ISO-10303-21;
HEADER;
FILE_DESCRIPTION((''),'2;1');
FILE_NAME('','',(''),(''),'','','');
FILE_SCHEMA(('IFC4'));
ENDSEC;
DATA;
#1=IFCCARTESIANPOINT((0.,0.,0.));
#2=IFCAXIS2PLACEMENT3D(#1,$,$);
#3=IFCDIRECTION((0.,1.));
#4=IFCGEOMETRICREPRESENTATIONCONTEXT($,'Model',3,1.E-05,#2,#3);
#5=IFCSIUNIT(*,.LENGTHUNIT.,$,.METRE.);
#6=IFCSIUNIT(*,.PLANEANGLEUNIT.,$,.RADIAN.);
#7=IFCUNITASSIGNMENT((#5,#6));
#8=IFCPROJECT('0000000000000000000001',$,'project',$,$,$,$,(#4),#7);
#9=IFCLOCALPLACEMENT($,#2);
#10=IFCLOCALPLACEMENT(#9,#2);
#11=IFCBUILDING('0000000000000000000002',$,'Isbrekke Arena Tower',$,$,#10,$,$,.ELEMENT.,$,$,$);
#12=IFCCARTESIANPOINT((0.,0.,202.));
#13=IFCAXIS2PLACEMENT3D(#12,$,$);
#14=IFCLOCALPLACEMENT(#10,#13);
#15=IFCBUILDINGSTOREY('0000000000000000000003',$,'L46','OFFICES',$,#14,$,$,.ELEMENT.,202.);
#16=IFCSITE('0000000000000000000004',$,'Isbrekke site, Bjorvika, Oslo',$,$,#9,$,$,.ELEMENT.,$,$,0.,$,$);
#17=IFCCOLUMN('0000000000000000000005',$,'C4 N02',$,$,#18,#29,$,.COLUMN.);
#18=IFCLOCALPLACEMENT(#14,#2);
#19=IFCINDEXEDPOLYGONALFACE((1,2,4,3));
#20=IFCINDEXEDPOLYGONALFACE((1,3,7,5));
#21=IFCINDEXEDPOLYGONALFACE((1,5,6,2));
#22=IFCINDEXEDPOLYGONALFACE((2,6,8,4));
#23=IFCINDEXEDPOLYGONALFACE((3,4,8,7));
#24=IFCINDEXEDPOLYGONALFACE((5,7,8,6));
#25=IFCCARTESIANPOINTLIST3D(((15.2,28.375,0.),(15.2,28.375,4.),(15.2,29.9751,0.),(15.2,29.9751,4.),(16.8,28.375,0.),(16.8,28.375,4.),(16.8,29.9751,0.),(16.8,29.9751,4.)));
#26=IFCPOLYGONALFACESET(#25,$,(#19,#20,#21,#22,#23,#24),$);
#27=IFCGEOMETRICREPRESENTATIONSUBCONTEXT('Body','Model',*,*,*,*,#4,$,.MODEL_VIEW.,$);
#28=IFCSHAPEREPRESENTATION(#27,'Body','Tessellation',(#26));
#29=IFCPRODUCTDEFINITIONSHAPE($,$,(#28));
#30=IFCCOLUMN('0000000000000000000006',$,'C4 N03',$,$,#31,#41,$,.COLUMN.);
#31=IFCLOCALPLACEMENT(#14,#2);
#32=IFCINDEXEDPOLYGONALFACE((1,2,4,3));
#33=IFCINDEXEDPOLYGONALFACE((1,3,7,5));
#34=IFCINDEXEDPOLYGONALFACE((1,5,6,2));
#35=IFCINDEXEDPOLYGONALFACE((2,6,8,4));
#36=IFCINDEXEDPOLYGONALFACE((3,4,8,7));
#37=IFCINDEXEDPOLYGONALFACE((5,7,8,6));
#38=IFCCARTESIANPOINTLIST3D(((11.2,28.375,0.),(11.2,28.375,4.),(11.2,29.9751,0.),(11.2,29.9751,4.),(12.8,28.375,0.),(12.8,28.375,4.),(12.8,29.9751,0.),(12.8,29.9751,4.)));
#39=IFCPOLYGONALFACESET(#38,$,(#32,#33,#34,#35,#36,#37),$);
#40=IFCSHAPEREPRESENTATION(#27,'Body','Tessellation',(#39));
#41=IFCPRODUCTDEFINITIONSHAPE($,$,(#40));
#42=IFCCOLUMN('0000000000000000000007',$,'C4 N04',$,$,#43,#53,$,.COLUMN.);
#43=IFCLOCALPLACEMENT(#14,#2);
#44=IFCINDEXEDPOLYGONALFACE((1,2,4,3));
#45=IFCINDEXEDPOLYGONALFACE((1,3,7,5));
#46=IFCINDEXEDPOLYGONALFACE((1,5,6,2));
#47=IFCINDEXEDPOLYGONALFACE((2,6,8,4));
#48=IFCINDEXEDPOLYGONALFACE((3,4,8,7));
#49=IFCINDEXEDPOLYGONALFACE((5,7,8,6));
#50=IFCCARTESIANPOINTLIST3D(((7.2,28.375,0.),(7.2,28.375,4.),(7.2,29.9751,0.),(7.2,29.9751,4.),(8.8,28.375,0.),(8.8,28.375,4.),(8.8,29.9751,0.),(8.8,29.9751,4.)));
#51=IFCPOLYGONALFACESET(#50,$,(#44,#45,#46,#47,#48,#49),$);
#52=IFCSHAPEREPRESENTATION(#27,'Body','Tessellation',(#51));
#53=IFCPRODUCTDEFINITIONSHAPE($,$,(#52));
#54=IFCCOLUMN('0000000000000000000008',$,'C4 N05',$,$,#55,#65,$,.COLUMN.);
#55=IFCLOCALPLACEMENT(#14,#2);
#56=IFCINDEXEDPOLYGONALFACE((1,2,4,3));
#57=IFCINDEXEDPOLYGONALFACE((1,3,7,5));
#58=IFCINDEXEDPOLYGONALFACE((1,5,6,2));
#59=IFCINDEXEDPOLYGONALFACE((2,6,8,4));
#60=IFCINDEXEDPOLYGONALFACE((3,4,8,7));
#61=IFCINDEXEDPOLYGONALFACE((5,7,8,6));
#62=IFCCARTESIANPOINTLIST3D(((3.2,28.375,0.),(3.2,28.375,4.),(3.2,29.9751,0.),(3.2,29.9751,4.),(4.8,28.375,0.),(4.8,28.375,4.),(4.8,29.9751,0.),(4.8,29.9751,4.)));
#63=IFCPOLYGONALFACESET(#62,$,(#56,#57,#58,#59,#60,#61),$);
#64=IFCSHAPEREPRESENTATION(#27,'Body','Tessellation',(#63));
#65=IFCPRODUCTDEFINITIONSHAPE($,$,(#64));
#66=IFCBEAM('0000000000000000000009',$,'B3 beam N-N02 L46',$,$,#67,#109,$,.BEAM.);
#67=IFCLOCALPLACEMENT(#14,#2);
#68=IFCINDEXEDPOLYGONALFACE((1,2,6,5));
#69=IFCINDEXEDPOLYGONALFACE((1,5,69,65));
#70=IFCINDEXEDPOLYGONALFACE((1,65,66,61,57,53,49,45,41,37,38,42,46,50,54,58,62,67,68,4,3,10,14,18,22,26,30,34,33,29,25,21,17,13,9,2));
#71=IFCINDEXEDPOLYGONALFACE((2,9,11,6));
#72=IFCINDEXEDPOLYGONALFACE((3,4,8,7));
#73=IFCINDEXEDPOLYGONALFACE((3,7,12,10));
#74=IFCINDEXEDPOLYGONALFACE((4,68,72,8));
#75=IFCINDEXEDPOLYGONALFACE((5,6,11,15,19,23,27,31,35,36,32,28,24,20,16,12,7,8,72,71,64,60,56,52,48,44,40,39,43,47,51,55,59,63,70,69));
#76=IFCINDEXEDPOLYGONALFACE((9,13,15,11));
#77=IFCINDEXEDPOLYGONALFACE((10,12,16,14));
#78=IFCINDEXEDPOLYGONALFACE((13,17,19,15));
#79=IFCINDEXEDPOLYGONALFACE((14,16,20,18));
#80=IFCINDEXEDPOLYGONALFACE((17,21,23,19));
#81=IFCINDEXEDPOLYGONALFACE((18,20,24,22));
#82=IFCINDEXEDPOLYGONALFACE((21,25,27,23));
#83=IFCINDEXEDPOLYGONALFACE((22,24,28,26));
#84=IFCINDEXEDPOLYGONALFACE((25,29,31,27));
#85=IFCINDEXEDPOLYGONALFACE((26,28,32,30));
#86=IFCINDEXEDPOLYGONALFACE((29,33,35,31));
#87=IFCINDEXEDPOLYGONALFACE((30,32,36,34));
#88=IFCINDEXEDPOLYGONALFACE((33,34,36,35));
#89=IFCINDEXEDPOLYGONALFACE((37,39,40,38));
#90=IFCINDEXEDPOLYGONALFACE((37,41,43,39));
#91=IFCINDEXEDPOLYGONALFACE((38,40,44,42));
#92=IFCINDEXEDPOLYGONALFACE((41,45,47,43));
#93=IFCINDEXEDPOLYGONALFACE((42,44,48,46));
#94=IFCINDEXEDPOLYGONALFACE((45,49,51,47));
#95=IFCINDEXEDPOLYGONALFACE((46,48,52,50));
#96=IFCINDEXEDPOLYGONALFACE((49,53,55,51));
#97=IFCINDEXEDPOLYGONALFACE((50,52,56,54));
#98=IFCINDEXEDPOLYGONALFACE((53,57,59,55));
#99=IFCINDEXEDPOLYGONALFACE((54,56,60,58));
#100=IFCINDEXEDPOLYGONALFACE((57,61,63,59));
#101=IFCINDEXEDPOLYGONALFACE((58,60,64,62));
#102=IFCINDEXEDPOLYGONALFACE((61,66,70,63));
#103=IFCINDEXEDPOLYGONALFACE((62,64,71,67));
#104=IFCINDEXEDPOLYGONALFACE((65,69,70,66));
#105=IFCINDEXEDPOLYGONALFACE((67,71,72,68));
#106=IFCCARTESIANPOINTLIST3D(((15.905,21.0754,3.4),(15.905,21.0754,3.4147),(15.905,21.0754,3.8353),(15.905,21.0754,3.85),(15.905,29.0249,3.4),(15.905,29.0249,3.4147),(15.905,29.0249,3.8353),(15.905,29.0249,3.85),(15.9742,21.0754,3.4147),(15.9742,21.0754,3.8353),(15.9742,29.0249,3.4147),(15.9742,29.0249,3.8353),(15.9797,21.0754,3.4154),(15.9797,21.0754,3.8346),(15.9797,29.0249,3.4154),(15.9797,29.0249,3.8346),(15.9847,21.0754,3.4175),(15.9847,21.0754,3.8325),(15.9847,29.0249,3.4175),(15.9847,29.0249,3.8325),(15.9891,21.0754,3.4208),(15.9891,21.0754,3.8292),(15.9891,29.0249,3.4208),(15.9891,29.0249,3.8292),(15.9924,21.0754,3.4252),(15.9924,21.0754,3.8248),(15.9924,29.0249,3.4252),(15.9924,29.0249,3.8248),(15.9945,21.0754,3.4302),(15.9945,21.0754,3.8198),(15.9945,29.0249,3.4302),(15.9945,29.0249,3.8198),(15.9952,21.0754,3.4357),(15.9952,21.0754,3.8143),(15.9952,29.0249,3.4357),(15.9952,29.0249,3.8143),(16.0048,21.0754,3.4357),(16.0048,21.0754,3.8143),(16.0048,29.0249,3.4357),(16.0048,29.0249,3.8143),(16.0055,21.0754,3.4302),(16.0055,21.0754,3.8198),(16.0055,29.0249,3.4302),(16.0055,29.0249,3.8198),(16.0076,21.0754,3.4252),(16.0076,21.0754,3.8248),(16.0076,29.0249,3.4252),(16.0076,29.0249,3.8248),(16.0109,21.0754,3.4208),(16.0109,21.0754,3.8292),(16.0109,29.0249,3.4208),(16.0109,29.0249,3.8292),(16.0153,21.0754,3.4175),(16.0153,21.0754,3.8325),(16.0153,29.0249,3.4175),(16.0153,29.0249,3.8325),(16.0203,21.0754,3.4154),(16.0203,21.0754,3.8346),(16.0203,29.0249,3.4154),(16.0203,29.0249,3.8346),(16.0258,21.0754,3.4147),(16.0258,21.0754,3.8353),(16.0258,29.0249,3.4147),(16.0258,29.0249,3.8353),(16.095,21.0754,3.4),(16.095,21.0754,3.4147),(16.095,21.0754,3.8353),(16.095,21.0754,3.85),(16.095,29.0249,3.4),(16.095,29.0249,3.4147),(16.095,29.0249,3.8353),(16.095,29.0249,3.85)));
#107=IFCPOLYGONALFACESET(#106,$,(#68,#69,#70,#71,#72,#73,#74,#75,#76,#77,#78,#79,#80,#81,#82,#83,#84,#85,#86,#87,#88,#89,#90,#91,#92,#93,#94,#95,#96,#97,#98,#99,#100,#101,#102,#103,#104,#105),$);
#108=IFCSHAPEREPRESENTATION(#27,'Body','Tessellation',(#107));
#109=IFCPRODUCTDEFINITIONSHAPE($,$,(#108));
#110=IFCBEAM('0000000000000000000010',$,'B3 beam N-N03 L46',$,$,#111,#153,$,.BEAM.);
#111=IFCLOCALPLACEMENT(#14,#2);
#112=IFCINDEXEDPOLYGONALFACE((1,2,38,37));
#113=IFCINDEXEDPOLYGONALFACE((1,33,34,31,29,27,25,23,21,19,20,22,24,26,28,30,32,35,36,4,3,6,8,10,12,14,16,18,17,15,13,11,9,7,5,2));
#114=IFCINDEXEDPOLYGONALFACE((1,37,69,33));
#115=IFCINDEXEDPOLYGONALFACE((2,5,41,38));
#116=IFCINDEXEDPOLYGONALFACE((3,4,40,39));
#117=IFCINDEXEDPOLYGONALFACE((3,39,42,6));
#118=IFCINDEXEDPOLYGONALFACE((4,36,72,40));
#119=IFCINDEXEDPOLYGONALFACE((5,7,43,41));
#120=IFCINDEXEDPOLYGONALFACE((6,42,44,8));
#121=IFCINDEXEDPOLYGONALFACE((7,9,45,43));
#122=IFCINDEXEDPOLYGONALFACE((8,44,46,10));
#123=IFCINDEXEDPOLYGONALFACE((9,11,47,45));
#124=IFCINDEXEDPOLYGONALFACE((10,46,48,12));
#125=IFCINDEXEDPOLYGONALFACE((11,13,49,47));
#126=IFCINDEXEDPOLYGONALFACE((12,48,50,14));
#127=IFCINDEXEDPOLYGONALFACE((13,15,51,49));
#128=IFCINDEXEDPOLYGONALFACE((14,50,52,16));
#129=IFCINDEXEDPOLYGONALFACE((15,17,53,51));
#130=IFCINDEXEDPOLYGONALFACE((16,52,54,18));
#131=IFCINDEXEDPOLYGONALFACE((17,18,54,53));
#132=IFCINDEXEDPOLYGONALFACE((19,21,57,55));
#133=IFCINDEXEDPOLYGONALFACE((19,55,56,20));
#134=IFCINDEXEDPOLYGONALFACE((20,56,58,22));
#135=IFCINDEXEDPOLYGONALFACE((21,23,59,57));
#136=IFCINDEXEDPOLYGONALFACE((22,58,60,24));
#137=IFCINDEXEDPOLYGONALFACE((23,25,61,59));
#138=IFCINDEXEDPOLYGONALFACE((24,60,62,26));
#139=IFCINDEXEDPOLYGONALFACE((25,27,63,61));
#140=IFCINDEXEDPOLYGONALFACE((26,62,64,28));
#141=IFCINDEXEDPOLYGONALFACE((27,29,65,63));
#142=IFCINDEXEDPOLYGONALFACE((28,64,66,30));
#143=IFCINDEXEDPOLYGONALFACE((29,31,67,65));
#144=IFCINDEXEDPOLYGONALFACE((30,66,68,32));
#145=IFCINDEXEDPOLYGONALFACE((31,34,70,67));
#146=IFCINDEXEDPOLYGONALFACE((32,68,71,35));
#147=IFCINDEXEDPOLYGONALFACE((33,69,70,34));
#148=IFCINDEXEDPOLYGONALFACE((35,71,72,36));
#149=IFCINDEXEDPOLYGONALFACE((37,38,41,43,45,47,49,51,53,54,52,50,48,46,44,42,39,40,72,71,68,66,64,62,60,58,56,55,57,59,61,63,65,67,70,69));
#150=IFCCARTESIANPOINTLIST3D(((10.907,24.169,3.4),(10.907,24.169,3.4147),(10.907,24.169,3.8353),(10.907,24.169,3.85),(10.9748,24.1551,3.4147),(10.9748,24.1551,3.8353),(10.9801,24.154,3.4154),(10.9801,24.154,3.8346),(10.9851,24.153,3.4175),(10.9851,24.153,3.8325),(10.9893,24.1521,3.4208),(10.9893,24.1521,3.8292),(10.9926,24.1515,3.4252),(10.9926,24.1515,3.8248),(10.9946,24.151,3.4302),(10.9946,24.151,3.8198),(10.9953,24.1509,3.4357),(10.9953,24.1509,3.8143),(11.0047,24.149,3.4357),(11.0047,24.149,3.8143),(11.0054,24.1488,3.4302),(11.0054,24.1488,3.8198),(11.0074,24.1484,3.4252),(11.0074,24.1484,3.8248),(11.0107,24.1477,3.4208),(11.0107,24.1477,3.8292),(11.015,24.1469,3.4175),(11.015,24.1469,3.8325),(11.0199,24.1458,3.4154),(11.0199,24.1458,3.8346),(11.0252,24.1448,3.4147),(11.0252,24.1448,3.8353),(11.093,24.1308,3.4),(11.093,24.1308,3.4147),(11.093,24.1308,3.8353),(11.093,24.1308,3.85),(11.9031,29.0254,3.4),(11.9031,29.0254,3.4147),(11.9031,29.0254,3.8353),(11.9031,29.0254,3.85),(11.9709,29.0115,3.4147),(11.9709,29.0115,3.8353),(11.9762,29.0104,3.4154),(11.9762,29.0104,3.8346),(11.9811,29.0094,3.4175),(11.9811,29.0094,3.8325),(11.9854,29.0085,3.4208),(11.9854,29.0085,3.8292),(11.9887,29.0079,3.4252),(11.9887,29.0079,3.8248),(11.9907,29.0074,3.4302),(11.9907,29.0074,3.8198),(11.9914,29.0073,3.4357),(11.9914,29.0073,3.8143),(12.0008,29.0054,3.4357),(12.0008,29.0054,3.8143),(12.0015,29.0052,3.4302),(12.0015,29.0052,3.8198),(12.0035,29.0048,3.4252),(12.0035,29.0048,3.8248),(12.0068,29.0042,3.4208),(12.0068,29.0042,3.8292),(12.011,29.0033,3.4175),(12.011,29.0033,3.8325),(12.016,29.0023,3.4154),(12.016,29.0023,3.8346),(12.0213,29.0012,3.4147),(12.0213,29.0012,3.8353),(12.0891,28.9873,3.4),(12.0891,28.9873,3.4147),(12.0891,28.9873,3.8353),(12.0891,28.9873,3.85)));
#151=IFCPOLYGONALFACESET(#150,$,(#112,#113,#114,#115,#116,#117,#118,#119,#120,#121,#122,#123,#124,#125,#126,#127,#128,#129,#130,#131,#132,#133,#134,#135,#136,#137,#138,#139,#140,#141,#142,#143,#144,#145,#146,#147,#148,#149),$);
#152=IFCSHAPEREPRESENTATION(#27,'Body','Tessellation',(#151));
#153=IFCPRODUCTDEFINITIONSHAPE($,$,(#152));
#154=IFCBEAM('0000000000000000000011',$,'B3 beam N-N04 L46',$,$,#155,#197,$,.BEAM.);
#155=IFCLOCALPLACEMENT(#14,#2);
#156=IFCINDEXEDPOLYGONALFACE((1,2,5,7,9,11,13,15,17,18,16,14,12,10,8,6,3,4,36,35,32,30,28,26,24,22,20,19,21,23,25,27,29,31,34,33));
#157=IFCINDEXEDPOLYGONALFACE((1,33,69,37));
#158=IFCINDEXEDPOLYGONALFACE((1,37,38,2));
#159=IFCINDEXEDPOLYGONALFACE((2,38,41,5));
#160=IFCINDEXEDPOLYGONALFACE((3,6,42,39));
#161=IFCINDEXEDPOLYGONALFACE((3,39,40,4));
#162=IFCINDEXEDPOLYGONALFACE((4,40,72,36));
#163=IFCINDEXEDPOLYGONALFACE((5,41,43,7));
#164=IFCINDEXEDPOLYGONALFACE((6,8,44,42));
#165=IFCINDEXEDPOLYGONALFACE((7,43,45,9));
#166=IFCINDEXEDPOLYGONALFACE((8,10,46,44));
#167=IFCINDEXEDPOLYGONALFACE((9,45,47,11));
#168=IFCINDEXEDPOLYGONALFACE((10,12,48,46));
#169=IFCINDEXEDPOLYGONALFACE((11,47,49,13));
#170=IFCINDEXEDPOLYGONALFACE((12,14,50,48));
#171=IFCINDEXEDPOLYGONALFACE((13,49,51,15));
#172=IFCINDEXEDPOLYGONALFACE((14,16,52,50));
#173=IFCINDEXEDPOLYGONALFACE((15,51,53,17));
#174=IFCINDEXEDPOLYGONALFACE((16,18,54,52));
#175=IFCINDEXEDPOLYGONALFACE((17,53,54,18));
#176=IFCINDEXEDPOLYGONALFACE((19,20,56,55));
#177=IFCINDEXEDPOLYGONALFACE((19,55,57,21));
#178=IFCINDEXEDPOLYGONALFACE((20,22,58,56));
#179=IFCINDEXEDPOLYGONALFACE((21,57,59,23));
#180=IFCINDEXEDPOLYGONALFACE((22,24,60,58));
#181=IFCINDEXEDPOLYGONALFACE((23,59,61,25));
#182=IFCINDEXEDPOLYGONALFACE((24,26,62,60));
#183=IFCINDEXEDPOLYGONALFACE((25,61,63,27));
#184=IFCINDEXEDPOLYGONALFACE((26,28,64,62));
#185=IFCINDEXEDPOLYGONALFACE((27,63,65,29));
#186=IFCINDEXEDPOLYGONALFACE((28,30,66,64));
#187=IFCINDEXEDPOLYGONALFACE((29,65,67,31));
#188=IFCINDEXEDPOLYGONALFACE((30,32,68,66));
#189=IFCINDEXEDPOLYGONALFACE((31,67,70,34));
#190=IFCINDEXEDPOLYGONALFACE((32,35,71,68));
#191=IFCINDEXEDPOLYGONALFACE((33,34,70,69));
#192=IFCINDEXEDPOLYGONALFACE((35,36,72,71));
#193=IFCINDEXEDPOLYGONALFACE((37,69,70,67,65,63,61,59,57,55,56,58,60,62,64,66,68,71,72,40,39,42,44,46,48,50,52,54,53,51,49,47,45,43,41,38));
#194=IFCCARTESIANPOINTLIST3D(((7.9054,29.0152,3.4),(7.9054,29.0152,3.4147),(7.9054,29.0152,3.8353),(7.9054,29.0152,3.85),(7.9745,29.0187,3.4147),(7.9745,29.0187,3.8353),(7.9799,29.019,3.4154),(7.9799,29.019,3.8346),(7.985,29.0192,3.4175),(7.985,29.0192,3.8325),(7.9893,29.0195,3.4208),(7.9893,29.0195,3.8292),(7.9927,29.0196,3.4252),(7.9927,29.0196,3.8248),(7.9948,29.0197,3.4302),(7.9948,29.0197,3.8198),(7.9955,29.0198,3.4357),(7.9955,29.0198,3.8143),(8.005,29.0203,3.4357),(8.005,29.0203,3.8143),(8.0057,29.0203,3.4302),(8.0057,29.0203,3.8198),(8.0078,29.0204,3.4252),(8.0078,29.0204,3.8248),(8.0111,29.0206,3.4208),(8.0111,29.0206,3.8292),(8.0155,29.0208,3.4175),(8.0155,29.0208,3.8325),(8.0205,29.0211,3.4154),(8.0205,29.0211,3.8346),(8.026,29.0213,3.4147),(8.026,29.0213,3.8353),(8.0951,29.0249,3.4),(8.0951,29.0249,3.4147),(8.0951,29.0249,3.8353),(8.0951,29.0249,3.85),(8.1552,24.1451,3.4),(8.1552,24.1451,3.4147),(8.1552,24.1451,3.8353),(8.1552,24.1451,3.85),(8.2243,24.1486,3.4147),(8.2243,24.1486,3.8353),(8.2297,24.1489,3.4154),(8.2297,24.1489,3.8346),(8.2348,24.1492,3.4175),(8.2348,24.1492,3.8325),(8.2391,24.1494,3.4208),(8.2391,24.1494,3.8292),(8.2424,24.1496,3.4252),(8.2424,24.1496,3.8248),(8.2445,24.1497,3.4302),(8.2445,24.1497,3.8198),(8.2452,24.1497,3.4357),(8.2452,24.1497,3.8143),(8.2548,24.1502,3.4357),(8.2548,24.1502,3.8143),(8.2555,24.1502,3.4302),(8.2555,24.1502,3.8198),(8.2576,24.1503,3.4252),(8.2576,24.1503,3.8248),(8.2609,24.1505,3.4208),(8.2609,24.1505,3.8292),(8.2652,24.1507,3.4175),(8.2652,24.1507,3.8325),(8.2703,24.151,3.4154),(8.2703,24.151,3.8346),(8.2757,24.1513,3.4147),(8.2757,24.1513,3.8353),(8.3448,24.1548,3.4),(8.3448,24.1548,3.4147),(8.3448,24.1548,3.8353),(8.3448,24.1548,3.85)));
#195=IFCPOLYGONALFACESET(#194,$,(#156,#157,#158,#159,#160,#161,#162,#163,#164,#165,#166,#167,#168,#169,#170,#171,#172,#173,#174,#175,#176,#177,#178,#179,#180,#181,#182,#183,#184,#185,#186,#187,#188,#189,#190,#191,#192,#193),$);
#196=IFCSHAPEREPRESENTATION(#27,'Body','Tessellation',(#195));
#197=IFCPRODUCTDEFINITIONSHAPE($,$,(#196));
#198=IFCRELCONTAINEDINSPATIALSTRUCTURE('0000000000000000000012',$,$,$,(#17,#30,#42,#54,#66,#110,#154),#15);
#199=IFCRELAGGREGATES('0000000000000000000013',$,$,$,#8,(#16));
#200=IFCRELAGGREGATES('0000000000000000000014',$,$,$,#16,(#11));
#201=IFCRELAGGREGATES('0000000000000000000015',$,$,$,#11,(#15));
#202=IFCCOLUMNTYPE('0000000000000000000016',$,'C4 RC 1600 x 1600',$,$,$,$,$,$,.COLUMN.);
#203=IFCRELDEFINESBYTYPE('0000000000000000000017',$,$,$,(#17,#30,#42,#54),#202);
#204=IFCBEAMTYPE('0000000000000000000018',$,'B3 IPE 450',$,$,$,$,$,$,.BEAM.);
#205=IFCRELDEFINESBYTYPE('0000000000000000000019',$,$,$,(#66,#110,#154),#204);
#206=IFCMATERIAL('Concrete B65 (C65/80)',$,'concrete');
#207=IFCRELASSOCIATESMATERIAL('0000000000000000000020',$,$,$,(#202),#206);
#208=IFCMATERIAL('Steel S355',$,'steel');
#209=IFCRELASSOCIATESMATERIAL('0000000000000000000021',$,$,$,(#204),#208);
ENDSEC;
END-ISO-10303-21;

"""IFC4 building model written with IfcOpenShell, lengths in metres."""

from ifc_helpers import new_model, si_unit, direction, frame, origin, origin_2d, place, context, subcontext, project, spatial, rectangle, i_section, extrude, material, material_profile, profile_set, type_object, element, save


model = new_model("IFC4")

# Units and contexts
model_context = context("Model", 3, precision=1e-05, world=origin(), true_north=direction((0.0, 1.0)))
body_context = subcontext(model_context, "Body", "Model", "MODEL_VIEW")
ifc_project = project(units=[si_unit("LENGTHUNIT", "METRE"), si_unit("PLANEANGLEUNIT", "RADIAN")], contexts=[model_context])

# Site, building, storey
site_placement = place(None, origin())
site = spatial("IfcSite", under=ifc_project, at=site_placement, Name="Isbrekke site, Bjorvika, Oslo", CompositionType="ELEMENT", RefElevation=0.0)
building_placement = place(site_placement, origin())
building = spatial("IfcBuilding", under=site, at=building_placement, Name="Isbrekke Arena Tower", CompositionType="ELEMENT")
storey_placement = place(building_placement, frame((0.0, 0.0, 202.0)))
storey = spatial("IfcBuildingStorey", under=building, at=storey_placement, Name="L46", Description="OFFICES", CompositionType="ELEMENT", Elevation=202.0)

# Columns
ifc_material_1 = material(Name="Concrete B65 (C65/80)", Category="concrete")
ifc_material_profile_1 = material_profile(ifc_material_1, rectangle(XDim=1.6001, YDim=1.6001, at=origin_2d()), Name="RC 1600x1600")
ifc_profile_set_1 = profile_set([ifc_material_profile_1], Name="Concrete B65 (C65/80)")
column_type = type_object("IfcColumnType", Name="C4 RC 1600 x 1600", PredefinedType="COLUMN", material=ifc_profile_set_1)
for number, where, z_axis, x_axis, name in (
    (1, (16.0, 29.175, 0.0), (0.0, 0.0, 1.0), (-1.0, 0.0, 0.0), "C4 N02"),
    (2, (12.0, 29.175, 0.0), (0.0, 0.0, 1.0), (-1.0, 0.0, 0.0), "C4 N03"),
    (3, (8.0, 29.175, 0.0), (0.0, 0.0, 1.0), (-1.0, 0.0, 0.0), "C4 N04"),
    (4, (4.0, 29.175, 0.0), (0.0, 0.0, 1.0), (-1.0, 0.0, 0.0), "C4 N05"),
):
    element("IfcColumn", number, at=place(storey_placement, frame(where, z_axis=z_axis, x_axis=x_axis)), inside=storey, type_object=column_type, Name=name, PredefinedType="COLUMN", context=body_context, shape_type="SweptSolid", body=[
        extrude(rectangle(XDim=1.6001, YDim=1.6001, at=origin_2d()), origin(), (0.0, 0.0, 1.0), 4.0),
    ])

# Beams
ifc_material_2 = material(Name="Steel S355", Category="steel")
ifc_material_profile_2 = material_profile(ifc_material_2, i_section(OverallWidth=0.1899, OverallDepth=0.45, WebThickness=0.0095, FlangeThickness=0.0146, FilletRadius=0.021, at=origin_2d()), Name="IPE 450")
ifc_profile_set_2 = profile_set([ifc_material_profile_2], Name="Steel S355")
beam_type_1 = type_object("IfcBeamType", Name="B3 IPE 450", PredefinedType="BEAM", material=ifc_profile_set_2)
beam_1_placement = place(storey_placement, frame((16.0, 29.0249, 3.625), z_axis=(0.0, -1.0, 0.0), x_axis=(1.0, 0.0, 0.0)))
element("IfcBeam", 5, at=beam_1_placement, inside=storey, type_object=beam_type_1, Name="B3 beam N-N02 L46", PredefinedType="BEAM", context=body_context, shape_type="SweptSolid", body=[
    extrude(i_section(OverallWidth=0.1899, OverallDepth=0.45, WebThickness=0.0095, FlangeThickness=0.0146, FilletRadius=0.021, at=origin_2d()), origin(), (0.0, 0.0, 1.0), 7.9495),
])
beam_2_placement = place(storey_placement, frame((11.9961, 29.0063, 3.625), z_axis=(-0.200925, -0.979607, 0.0), x_axis=(0.979607, -0.200925, 0.0)))
element("IfcBeam", 6, at=beam_2_placement, inside=storey, type_object=beam_type_1, Name="B3 beam N-N03 L46", PredefinedType="BEAM", context=body_context, shape_type="SweptSolid", body=[
    extrude(i_section(OverallWidth=0.1899, OverallDepth=0.45, WebThickness=0.0095, FlangeThickness=0.0146, FilletRadius=0.021, at=origin_2d()), origin(), (0.0, 0.0, 1.0), 4.9575),
])
beam_3_placement = place(storey_placement, frame((8.0002, 29.02, 3.625), z_axis=(0.051216, -0.998688, 0.0), x_axis=(0.998688, 0.051216, 0.0)))
element("IfcBeam", 7, at=beam_3_placement, inside=storey, type_object=beam_type_1, Name="B3 beam N-N04 L46", PredefinedType="BEAM", context=body_context, shape_type="SweptSolid", body=[
    extrude(i_section(OverallWidth=0.1899, OverallDepth=0.45, WebThickness=0.0095, FlangeThickness=0.0146, FilletRadius=0.021, at=origin_2d()), origin(), (0.0, 0.0, 1.0), 4.8765),
])

save(model, "model.ifc")
